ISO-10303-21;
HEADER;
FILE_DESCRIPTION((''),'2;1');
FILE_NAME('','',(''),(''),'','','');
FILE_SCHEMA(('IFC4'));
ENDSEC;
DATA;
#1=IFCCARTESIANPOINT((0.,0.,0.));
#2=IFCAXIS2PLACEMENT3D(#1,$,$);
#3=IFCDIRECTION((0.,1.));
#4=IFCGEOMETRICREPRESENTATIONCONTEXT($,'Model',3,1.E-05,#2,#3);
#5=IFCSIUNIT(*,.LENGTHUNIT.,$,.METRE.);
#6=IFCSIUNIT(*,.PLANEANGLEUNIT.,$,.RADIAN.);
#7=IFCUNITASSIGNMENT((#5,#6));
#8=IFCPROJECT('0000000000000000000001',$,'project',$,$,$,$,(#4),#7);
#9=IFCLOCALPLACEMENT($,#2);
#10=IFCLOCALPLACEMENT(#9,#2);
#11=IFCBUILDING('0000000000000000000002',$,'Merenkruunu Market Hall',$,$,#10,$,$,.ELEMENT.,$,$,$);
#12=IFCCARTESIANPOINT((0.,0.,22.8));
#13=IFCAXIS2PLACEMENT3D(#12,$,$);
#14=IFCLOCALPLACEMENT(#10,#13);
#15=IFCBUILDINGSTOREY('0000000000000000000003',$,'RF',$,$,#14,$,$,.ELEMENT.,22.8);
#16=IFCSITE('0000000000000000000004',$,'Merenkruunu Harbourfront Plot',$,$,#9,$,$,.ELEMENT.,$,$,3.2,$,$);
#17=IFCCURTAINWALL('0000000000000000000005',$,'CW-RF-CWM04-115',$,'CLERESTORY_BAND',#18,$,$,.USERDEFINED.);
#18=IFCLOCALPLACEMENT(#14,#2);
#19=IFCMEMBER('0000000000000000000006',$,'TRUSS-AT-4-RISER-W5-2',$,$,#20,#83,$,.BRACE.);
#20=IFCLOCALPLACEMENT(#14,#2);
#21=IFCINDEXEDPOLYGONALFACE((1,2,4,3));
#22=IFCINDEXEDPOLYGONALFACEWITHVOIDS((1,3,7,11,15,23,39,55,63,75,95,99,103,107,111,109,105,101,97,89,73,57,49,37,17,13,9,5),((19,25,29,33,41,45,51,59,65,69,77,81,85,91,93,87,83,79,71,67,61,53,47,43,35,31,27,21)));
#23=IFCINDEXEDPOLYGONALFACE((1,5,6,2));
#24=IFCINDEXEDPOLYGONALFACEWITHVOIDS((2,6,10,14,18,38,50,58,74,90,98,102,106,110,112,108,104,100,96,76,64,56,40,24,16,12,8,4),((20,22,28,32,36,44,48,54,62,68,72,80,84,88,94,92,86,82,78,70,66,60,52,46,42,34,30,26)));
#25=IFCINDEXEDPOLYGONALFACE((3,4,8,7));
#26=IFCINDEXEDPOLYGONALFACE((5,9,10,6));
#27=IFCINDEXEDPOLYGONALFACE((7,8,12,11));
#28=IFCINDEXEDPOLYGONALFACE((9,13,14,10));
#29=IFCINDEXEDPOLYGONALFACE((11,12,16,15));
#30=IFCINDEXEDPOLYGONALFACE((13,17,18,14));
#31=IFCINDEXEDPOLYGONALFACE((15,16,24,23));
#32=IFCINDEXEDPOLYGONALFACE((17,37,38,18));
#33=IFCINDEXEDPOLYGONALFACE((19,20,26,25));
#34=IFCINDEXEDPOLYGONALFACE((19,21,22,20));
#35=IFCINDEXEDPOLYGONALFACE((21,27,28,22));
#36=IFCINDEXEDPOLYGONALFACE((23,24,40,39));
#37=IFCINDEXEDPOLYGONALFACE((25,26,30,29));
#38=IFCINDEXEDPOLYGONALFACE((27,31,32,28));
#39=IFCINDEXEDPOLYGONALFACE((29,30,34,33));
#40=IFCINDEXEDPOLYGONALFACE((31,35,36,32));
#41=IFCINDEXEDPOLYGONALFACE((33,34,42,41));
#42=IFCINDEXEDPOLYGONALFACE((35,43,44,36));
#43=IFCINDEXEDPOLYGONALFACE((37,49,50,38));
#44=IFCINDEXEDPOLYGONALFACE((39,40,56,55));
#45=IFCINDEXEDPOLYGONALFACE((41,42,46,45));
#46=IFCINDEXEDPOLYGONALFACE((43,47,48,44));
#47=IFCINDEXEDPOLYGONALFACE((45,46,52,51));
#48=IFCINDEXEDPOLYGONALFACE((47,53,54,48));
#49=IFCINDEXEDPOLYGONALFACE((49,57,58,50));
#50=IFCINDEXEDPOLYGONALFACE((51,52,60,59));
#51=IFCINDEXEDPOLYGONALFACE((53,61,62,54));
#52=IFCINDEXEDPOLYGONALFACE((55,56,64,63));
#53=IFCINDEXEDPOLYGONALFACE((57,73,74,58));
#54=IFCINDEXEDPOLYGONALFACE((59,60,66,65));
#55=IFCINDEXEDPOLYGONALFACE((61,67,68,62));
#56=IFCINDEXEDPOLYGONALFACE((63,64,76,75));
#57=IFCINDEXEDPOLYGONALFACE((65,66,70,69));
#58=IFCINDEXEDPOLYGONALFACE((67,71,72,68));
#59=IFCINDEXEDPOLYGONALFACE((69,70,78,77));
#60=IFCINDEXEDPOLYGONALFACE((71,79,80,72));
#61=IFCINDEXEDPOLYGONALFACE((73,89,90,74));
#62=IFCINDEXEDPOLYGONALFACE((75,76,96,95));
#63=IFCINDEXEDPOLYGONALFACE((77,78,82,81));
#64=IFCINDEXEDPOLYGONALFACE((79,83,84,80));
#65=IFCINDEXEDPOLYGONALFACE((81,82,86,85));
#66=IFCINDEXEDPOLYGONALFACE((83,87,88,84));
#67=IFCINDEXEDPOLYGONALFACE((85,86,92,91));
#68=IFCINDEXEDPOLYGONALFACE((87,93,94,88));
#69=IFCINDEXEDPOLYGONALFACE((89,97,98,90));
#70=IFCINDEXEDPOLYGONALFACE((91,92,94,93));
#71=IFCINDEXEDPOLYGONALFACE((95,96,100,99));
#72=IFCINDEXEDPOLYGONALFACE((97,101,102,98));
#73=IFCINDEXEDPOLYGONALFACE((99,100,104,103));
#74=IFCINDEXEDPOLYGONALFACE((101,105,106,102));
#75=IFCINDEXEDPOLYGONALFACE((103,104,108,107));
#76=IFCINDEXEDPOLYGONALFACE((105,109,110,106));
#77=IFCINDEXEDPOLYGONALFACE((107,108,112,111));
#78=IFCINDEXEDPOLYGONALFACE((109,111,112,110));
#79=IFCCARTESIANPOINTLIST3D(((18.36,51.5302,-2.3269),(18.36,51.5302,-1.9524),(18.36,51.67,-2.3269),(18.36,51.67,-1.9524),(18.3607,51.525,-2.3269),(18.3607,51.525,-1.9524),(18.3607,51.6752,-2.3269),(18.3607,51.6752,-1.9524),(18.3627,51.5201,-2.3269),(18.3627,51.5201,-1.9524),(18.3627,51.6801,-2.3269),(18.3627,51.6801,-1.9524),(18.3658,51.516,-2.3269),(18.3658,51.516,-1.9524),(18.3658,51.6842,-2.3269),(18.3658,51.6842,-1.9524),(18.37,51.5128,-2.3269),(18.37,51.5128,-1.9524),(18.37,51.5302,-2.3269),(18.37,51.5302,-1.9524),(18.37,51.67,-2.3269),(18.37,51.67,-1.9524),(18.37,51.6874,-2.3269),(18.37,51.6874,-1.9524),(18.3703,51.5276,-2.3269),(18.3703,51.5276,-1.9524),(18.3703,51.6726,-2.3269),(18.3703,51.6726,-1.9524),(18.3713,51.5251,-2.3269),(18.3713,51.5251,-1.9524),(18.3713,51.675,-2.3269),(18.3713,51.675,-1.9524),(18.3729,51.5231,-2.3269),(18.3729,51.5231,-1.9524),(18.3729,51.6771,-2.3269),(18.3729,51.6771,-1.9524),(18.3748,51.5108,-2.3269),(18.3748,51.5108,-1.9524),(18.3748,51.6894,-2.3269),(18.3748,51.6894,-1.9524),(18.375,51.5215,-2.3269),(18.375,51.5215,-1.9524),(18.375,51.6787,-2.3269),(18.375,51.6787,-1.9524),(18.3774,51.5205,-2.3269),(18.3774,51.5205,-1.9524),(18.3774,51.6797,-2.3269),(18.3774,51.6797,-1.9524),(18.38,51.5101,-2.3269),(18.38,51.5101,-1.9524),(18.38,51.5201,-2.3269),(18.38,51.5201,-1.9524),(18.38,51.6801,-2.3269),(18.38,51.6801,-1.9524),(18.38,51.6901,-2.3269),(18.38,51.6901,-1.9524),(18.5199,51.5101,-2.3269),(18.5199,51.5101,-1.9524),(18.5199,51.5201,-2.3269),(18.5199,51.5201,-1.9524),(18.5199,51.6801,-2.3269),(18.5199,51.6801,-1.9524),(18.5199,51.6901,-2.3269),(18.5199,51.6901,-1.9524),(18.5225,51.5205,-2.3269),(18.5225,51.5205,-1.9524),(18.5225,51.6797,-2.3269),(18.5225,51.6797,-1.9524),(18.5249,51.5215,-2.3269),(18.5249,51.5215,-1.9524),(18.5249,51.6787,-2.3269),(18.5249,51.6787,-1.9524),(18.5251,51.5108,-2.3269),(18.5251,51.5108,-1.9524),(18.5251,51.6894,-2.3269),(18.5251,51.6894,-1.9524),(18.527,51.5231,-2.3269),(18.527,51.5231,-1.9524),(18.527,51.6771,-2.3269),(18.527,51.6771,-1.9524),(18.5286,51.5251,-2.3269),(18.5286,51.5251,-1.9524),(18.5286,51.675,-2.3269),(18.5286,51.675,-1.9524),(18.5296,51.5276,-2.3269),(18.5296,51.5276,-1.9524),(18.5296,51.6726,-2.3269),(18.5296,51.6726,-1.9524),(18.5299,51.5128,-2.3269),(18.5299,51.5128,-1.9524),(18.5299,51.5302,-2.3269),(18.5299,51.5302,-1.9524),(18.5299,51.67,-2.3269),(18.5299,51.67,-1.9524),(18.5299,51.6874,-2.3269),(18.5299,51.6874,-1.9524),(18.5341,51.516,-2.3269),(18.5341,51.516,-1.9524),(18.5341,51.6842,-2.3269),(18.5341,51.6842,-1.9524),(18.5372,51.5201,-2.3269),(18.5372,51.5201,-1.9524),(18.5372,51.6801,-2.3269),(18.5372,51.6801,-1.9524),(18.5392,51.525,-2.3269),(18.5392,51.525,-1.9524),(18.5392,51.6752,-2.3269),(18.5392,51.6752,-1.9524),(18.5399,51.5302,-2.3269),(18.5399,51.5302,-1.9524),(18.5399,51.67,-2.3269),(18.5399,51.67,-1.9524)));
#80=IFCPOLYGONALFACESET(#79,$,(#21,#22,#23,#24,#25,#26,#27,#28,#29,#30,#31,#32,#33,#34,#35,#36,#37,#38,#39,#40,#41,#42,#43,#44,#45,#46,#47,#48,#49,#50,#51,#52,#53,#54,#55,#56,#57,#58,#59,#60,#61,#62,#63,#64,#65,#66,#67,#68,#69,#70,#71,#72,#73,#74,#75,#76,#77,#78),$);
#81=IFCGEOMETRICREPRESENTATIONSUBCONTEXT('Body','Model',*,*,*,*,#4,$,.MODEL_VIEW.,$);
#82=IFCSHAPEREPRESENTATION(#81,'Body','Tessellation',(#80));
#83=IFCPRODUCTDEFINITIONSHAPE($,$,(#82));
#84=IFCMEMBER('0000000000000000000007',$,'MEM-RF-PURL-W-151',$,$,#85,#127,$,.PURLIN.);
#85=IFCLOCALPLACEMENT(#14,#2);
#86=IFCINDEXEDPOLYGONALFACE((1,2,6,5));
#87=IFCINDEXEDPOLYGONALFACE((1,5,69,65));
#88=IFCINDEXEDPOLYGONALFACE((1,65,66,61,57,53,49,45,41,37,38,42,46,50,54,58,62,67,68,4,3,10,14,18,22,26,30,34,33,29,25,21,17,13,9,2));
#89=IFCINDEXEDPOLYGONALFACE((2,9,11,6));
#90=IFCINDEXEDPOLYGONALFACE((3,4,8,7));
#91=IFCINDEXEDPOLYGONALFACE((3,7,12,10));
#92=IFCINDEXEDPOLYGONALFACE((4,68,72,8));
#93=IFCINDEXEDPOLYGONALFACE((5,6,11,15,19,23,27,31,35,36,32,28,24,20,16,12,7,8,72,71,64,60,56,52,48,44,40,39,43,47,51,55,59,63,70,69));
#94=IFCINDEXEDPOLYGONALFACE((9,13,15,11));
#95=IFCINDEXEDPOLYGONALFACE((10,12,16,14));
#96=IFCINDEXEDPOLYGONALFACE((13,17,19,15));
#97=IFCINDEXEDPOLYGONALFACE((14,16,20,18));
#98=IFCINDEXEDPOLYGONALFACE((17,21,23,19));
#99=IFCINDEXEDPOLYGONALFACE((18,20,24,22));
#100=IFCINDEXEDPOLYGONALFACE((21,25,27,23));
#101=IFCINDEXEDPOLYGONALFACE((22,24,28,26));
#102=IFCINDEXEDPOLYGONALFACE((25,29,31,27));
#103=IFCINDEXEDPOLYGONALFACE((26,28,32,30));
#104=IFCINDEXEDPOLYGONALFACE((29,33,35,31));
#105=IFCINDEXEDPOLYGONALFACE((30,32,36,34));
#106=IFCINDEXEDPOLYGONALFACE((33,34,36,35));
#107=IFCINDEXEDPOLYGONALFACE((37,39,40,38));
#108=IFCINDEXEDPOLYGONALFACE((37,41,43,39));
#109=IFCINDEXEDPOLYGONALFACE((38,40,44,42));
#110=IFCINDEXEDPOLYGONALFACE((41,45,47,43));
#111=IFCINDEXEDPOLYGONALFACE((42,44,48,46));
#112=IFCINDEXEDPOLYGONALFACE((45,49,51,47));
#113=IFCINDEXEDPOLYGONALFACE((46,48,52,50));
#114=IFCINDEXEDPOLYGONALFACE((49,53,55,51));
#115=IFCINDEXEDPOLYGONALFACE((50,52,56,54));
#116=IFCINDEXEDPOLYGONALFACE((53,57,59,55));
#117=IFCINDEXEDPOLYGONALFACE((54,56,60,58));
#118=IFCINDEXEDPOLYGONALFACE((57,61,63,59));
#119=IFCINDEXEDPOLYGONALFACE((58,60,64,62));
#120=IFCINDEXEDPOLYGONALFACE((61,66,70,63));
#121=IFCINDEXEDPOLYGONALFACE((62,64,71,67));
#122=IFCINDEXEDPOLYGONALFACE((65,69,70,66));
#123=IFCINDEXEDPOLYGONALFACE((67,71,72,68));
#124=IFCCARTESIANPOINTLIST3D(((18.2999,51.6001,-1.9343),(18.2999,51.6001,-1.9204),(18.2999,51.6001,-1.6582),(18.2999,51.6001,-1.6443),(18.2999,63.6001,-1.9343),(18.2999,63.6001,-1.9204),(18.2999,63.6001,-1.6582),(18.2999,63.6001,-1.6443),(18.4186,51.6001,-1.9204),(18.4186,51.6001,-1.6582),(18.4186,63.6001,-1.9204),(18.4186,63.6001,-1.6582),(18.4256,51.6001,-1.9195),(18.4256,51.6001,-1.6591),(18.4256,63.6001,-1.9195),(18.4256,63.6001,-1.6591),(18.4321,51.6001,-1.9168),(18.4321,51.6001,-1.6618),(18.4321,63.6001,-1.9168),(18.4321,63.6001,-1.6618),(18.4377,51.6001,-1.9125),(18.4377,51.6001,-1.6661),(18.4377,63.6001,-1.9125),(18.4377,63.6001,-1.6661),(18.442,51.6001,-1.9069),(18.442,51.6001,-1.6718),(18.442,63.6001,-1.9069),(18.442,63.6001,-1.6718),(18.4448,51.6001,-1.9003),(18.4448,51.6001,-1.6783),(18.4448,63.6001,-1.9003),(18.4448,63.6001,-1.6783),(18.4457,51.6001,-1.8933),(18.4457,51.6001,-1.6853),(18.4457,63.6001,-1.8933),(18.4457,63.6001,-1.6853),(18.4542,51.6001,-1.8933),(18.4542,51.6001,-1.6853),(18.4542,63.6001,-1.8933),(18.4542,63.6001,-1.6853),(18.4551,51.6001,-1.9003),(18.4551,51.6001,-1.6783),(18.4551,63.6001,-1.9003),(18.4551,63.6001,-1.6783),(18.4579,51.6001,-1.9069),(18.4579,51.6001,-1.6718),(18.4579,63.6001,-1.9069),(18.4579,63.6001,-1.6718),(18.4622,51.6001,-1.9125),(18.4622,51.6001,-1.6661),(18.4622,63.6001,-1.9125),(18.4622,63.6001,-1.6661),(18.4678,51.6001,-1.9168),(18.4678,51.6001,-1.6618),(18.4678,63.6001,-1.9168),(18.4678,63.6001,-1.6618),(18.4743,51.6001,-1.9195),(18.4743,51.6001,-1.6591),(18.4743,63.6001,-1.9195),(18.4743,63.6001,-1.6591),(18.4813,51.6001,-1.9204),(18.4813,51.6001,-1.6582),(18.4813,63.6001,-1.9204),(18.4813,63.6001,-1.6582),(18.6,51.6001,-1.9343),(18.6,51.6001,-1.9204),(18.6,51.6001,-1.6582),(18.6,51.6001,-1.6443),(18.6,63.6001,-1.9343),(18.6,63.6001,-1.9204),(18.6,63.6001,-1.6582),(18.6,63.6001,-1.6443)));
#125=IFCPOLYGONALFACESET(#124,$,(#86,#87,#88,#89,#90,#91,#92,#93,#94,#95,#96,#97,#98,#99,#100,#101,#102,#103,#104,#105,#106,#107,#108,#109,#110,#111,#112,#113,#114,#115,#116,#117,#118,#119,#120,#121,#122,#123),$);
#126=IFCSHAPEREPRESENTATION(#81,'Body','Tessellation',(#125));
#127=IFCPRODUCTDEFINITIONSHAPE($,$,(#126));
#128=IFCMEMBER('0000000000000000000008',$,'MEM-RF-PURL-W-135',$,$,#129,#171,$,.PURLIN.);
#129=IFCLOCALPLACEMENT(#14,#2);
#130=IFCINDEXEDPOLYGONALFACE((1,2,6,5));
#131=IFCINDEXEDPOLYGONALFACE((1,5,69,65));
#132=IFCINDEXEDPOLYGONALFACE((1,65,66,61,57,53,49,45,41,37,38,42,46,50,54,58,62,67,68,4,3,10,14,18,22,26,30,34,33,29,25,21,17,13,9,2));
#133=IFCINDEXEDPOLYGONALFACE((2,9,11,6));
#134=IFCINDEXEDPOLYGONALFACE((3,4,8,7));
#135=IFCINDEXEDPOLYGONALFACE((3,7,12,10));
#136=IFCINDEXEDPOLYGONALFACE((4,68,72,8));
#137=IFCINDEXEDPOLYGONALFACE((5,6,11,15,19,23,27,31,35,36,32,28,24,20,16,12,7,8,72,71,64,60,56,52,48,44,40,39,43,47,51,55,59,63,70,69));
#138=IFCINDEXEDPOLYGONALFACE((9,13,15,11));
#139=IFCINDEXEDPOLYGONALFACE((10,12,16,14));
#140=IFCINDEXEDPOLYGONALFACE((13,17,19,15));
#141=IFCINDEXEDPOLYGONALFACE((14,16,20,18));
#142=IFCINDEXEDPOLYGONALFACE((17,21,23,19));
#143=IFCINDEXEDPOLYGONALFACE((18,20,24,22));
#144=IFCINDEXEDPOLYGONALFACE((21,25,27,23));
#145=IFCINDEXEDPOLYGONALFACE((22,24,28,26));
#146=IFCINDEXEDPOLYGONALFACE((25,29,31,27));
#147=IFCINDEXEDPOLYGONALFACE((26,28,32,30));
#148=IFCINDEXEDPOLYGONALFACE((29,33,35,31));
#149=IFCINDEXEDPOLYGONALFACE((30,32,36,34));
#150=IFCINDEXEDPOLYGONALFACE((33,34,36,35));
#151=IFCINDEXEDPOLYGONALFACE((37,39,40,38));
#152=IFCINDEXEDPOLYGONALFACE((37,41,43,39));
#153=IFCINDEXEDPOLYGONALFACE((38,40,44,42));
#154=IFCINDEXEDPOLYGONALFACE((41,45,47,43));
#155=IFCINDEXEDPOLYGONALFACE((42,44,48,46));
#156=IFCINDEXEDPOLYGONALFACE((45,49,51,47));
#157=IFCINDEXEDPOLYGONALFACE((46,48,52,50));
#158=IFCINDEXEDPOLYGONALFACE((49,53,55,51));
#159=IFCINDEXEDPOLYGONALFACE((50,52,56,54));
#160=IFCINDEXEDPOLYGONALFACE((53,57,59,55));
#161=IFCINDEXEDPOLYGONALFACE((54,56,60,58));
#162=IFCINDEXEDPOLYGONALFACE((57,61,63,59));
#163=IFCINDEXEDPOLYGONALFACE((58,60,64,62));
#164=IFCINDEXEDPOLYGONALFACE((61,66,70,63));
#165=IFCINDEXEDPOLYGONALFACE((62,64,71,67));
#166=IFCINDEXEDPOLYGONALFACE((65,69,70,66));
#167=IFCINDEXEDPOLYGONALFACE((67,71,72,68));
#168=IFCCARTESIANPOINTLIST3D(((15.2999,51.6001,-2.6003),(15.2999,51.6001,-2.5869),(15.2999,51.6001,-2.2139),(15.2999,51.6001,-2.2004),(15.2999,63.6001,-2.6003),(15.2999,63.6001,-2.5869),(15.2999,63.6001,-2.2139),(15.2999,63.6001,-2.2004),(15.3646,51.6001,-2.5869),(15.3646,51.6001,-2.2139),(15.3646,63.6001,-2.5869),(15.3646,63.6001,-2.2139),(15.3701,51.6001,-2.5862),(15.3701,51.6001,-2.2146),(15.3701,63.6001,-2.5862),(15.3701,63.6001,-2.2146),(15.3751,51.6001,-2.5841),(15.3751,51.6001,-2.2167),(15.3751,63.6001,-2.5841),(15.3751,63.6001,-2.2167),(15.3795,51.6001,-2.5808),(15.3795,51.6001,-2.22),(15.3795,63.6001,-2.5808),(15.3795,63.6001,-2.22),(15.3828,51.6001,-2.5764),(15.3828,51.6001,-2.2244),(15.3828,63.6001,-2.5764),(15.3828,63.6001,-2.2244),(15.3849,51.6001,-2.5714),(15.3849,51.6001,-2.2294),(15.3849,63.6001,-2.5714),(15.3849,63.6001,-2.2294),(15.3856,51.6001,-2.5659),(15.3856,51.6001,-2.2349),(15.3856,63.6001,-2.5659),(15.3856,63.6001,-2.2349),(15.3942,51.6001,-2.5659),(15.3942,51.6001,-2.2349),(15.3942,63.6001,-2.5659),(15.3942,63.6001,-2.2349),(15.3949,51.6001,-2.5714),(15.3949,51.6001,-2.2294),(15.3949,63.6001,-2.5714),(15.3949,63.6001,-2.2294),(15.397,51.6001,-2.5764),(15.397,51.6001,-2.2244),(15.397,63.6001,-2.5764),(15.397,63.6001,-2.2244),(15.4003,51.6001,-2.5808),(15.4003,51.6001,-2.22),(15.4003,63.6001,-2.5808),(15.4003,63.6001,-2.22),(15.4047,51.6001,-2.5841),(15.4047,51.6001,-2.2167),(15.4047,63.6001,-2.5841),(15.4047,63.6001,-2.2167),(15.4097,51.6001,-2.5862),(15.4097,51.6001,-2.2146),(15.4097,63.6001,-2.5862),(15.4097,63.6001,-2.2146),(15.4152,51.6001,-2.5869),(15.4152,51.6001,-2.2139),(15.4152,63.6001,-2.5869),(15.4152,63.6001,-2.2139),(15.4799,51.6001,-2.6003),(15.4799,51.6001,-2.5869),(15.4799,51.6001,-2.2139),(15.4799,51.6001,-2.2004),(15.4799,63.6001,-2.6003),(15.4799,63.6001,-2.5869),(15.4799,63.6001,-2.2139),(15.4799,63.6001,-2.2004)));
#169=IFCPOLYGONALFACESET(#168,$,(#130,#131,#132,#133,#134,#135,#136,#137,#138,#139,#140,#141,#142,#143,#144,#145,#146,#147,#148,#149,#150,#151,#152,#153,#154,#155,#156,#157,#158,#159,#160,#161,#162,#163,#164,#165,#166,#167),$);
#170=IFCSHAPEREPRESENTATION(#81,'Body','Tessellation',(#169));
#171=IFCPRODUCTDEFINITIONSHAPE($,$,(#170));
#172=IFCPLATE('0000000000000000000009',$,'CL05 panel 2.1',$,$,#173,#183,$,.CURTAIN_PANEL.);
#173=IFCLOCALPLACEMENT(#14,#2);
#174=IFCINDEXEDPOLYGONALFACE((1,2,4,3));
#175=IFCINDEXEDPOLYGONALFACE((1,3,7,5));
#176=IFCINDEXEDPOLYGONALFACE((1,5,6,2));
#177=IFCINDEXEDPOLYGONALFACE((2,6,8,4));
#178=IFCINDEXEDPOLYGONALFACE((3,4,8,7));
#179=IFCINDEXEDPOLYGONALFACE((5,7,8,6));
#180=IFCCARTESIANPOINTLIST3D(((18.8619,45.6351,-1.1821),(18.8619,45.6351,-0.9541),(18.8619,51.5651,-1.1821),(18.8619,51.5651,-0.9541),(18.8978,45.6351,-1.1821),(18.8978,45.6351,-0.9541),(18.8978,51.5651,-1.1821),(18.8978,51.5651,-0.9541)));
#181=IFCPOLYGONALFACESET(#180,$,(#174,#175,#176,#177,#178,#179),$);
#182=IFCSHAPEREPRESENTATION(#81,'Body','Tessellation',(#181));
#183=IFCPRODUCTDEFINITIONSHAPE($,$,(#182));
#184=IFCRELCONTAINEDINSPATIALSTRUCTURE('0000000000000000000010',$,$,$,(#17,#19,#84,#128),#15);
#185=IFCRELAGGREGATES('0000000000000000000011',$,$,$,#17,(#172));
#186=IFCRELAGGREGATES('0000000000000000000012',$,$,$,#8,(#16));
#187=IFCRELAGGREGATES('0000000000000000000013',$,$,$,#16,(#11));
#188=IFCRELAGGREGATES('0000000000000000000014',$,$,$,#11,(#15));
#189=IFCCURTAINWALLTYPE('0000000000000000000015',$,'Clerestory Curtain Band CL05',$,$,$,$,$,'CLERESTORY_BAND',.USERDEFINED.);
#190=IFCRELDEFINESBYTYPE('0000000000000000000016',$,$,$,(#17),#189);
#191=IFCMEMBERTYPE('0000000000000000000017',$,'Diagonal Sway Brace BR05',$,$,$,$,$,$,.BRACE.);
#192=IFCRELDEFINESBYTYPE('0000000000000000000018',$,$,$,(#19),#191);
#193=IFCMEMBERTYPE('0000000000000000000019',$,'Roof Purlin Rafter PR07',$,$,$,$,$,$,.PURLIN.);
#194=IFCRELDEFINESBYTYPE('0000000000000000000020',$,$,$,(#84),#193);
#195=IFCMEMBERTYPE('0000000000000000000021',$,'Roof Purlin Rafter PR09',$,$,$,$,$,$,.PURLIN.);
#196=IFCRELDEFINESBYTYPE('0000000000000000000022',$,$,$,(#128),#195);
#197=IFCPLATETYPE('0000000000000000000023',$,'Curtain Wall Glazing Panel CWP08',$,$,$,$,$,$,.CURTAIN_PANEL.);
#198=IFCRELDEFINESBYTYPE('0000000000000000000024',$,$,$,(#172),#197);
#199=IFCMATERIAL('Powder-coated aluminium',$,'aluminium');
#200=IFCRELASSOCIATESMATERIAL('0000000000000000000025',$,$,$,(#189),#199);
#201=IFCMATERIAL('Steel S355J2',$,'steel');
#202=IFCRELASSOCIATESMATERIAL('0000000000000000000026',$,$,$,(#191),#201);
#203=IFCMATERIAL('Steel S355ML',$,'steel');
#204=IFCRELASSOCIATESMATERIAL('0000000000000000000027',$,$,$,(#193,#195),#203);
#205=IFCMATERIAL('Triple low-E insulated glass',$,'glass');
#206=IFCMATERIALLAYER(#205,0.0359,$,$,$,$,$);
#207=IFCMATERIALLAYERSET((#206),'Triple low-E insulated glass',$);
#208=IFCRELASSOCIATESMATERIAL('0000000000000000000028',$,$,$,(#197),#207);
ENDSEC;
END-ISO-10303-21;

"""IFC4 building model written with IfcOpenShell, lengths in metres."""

from ifc_helpers import new_model, si_unit, direction, frame, origin, origin_2d, place, context, subcontext, project, spatial, rectangle, hollow_rectangle, i_section, extrude, material, layer, layer_set, material_profile, profile_set, type_object, element, aggregate, save


model = new_model("IFC4")

# Units and contexts
model_context = context("Model", 3, precision=1e-05, world=origin(), true_north=direction((0.0, 1.0)))
body_context = subcontext(model_context, "Body", "Model", "MODEL_VIEW")
ifc_project = project(units=[si_unit("LENGTHUNIT", "METRE"), si_unit("PLANEANGLEUNIT", "RADIAN")], contexts=[model_context])

# Site, building, storey
site_placement = place(None, origin())
site = spatial("IfcSite", under=ifc_project, at=site_placement, Name="Merenkruunu Harbourfront Plot", CompositionType="ELEMENT", RefElevation=3.2)
building_placement = place(site_placement, origin())
building = spatial("IfcBuilding", under=site, at=building_placement, Name="Merenkruunu Market Hall", CompositionType="ELEMENT")
storey_placement = place(building_placement, frame((0.0, 0.0, 22.8)))
storey = spatial("IfcBuildingStorey", under=building, at=storey_placement, Name="RF", CompositionType="ELEMENT", Elevation=22.8)

# Shared definitions
ifc_material_1 = material(Name="Steel S355ML", Category="steel")

# Curtain wall
ifc_material_2 = material(Name="Powder-coated aluminium", Category="aluminium")
curtain_wall_type = type_object("IfcCurtainWallType", Name="Clerestory Curtain Band CL05", ElementType="CLERESTORY_BAND", PredefinedType="USERDEFINED", material=ifc_material_2)
curtain_wall_placement = place(storey_placement, origin())
curtain_wall = element("IfcCurtainWall", 1, at=curtain_wall_placement, inside=storey, type_object=curtain_wall_type, Name="CW-RF-CWM04-115", ObjectType="CLERESTORY_BAND", PredefinedType="USERDEFINED")

# Members
ifc_material_3 = material(Name="Steel S355J2", Category="steel")
ifc_material_profile_1 = material_profile(ifc_material_3, hollow_rectangle(XDim=0.1799, YDim=0.1799, WallThickness=0.01, InnerFilletRadius=0.01, OuterFilletRadius=0.02, at=origin_2d()), Name="SHS 180x180x10")
ifc_profile_set_1 = profile_set([ifc_material_profile_1], Name="Steel S355J2")
member_type_1 = type_object("IfcMemberType", Name="Diagonal Sway Brace BR05", PredefinedType="BRACE", material=ifc_profile_set_1)
member_1_placement = place(storey_placement, frame((18.45, 51.6001, -2.3269), z_axis=(0.0, 0.0, 1.0), x_axis=(1.0, 0.0, 0.0)))
element("IfcMember", 2, at=member_1_placement, inside=storey, type_object=member_type_1, Name="TRUSS-AT-4-RISER-W5-2", PredefinedType="BRACE", context=body_context, shape_type="SweptSolid", body=[
    extrude(hollow_rectangle(XDim=0.1799, YDim=0.1799, WallThickness=0.01, InnerFilletRadius=0.01, OuterFilletRadius=0.02, at=origin_2d()), origin(), (0.0, 0.0, 1.0), 0.3745),
])
ifc_material_profile_2 = material_profile(ifc_material_1, i_section(OverallWidth=0.3, OverallDepth=0.29, WebThickness=0.0085, FlangeThickness=0.0139, FilletRadius=0.0271, at=origin_2d()), Name="HEA 300")
ifc_profile_set_2 = profile_set([ifc_material_profile_2], Name="Steel S355ML")
member_type_2 = type_object("IfcMemberType", Name="Roof Purlin Rafter PR07", PredefinedType="PURLIN", material=ifc_profile_set_2)
member_2_placement = place(storey_placement, frame((18.45, 51.6001, -1.7893), z_axis=(0.0, 1.0, 0.0), x_axis=(-1.0, 0.0, 0.0)))
element("IfcMember", 3, at=member_2_placement, inside=storey, type_object=member_type_2, Name="MEM-RF-PURL-W-151", PredefinedType="PURLIN", context=body_context, shape_type="SweptSolid", body=[
    extrude(i_section(OverallWidth=0.3, OverallDepth=0.29, WebThickness=0.0085, FlangeThickness=0.0139, FilletRadius=0.0271, at=origin_2d()), origin(), (0.0, 0.0, 1.0), 12.0),
])
ifc_material_profile_3 = material_profile(ifc_material_1, i_section(OverallWidth=0.1799, OverallDepth=0.3999, WebThickness=0.0085, FlangeThickness=0.0134, FilletRadius=0.021, at=origin_2d()), Name="IPE 400")
ifc_profile_set_3 = profile_set([ifc_material_profile_3], Name="Steel S355ML")
member_type_3 = type_object("IfcMemberType", Name="Roof Purlin Rafter PR09", PredefinedType="PURLIN", material=ifc_profile_set_3)
member_3_placement = place(storey_placement, frame((15.3899, 51.6001, -2.4004), z_axis=(0.0, 1.0, 0.0), x_axis=(-1.0, 0.0, 0.0)))
element("IfcMember", 4, at=member_3_placement, inside=storey, type_object=member_type_3, Name="MEM-RF-PURL-W-135", PredefinedType="PURLIN", context=body_context, shape_type="SweptSolid", body=[
    extrude(i_section(OverallWidth=0.1799, OverallDepth=0.3999, WebThickness=0.0085, FlangeThickness=0.0134, FilletRadius=0.021, at=origin_2d()), origin(), (0.0, 0.0, 1.0), 12.0),
])

# Plate
ifc_material_4 = material(Name="Triple low-E insulated glass", Category="glass")
ifc_layer_1 = layer(ifc_material_4, 0.0359)
ifc_layer_set_1 = layer_set([ifc_layer_1], Name="Triple low-E insulated glass")
plate_type_1 = type_object("IfcPlateType", Name="Curtain Wall Glazing Panel CWP08", PredefinedType="CURTAIN_PANEL", material=ifc_layer_set_1)
plate_placement = place(storey_placement, frame((18.8799, 48.6001, -1.1821), z_axis=(0.0, 0.0, 1.0), x_axis=(0.0, 1.0, 0.0)))
plate = element("IfcPlate", 5, at=plate_placement, type_object=plate_type_1, Name="CL05 panel 2.1", PredefinedType="CURTAIN_PANEL", context=body_context, shape_type="SweptSolid", body=[
    extrude(rectangle(XDim=5.9299, YDim=0.0359, at=origin_2d()), origin(), (0.0, 0.0, 1.0), 0.228),
])
aggregate(curtain_wall, [plate])

save(model, "model.ifc")
